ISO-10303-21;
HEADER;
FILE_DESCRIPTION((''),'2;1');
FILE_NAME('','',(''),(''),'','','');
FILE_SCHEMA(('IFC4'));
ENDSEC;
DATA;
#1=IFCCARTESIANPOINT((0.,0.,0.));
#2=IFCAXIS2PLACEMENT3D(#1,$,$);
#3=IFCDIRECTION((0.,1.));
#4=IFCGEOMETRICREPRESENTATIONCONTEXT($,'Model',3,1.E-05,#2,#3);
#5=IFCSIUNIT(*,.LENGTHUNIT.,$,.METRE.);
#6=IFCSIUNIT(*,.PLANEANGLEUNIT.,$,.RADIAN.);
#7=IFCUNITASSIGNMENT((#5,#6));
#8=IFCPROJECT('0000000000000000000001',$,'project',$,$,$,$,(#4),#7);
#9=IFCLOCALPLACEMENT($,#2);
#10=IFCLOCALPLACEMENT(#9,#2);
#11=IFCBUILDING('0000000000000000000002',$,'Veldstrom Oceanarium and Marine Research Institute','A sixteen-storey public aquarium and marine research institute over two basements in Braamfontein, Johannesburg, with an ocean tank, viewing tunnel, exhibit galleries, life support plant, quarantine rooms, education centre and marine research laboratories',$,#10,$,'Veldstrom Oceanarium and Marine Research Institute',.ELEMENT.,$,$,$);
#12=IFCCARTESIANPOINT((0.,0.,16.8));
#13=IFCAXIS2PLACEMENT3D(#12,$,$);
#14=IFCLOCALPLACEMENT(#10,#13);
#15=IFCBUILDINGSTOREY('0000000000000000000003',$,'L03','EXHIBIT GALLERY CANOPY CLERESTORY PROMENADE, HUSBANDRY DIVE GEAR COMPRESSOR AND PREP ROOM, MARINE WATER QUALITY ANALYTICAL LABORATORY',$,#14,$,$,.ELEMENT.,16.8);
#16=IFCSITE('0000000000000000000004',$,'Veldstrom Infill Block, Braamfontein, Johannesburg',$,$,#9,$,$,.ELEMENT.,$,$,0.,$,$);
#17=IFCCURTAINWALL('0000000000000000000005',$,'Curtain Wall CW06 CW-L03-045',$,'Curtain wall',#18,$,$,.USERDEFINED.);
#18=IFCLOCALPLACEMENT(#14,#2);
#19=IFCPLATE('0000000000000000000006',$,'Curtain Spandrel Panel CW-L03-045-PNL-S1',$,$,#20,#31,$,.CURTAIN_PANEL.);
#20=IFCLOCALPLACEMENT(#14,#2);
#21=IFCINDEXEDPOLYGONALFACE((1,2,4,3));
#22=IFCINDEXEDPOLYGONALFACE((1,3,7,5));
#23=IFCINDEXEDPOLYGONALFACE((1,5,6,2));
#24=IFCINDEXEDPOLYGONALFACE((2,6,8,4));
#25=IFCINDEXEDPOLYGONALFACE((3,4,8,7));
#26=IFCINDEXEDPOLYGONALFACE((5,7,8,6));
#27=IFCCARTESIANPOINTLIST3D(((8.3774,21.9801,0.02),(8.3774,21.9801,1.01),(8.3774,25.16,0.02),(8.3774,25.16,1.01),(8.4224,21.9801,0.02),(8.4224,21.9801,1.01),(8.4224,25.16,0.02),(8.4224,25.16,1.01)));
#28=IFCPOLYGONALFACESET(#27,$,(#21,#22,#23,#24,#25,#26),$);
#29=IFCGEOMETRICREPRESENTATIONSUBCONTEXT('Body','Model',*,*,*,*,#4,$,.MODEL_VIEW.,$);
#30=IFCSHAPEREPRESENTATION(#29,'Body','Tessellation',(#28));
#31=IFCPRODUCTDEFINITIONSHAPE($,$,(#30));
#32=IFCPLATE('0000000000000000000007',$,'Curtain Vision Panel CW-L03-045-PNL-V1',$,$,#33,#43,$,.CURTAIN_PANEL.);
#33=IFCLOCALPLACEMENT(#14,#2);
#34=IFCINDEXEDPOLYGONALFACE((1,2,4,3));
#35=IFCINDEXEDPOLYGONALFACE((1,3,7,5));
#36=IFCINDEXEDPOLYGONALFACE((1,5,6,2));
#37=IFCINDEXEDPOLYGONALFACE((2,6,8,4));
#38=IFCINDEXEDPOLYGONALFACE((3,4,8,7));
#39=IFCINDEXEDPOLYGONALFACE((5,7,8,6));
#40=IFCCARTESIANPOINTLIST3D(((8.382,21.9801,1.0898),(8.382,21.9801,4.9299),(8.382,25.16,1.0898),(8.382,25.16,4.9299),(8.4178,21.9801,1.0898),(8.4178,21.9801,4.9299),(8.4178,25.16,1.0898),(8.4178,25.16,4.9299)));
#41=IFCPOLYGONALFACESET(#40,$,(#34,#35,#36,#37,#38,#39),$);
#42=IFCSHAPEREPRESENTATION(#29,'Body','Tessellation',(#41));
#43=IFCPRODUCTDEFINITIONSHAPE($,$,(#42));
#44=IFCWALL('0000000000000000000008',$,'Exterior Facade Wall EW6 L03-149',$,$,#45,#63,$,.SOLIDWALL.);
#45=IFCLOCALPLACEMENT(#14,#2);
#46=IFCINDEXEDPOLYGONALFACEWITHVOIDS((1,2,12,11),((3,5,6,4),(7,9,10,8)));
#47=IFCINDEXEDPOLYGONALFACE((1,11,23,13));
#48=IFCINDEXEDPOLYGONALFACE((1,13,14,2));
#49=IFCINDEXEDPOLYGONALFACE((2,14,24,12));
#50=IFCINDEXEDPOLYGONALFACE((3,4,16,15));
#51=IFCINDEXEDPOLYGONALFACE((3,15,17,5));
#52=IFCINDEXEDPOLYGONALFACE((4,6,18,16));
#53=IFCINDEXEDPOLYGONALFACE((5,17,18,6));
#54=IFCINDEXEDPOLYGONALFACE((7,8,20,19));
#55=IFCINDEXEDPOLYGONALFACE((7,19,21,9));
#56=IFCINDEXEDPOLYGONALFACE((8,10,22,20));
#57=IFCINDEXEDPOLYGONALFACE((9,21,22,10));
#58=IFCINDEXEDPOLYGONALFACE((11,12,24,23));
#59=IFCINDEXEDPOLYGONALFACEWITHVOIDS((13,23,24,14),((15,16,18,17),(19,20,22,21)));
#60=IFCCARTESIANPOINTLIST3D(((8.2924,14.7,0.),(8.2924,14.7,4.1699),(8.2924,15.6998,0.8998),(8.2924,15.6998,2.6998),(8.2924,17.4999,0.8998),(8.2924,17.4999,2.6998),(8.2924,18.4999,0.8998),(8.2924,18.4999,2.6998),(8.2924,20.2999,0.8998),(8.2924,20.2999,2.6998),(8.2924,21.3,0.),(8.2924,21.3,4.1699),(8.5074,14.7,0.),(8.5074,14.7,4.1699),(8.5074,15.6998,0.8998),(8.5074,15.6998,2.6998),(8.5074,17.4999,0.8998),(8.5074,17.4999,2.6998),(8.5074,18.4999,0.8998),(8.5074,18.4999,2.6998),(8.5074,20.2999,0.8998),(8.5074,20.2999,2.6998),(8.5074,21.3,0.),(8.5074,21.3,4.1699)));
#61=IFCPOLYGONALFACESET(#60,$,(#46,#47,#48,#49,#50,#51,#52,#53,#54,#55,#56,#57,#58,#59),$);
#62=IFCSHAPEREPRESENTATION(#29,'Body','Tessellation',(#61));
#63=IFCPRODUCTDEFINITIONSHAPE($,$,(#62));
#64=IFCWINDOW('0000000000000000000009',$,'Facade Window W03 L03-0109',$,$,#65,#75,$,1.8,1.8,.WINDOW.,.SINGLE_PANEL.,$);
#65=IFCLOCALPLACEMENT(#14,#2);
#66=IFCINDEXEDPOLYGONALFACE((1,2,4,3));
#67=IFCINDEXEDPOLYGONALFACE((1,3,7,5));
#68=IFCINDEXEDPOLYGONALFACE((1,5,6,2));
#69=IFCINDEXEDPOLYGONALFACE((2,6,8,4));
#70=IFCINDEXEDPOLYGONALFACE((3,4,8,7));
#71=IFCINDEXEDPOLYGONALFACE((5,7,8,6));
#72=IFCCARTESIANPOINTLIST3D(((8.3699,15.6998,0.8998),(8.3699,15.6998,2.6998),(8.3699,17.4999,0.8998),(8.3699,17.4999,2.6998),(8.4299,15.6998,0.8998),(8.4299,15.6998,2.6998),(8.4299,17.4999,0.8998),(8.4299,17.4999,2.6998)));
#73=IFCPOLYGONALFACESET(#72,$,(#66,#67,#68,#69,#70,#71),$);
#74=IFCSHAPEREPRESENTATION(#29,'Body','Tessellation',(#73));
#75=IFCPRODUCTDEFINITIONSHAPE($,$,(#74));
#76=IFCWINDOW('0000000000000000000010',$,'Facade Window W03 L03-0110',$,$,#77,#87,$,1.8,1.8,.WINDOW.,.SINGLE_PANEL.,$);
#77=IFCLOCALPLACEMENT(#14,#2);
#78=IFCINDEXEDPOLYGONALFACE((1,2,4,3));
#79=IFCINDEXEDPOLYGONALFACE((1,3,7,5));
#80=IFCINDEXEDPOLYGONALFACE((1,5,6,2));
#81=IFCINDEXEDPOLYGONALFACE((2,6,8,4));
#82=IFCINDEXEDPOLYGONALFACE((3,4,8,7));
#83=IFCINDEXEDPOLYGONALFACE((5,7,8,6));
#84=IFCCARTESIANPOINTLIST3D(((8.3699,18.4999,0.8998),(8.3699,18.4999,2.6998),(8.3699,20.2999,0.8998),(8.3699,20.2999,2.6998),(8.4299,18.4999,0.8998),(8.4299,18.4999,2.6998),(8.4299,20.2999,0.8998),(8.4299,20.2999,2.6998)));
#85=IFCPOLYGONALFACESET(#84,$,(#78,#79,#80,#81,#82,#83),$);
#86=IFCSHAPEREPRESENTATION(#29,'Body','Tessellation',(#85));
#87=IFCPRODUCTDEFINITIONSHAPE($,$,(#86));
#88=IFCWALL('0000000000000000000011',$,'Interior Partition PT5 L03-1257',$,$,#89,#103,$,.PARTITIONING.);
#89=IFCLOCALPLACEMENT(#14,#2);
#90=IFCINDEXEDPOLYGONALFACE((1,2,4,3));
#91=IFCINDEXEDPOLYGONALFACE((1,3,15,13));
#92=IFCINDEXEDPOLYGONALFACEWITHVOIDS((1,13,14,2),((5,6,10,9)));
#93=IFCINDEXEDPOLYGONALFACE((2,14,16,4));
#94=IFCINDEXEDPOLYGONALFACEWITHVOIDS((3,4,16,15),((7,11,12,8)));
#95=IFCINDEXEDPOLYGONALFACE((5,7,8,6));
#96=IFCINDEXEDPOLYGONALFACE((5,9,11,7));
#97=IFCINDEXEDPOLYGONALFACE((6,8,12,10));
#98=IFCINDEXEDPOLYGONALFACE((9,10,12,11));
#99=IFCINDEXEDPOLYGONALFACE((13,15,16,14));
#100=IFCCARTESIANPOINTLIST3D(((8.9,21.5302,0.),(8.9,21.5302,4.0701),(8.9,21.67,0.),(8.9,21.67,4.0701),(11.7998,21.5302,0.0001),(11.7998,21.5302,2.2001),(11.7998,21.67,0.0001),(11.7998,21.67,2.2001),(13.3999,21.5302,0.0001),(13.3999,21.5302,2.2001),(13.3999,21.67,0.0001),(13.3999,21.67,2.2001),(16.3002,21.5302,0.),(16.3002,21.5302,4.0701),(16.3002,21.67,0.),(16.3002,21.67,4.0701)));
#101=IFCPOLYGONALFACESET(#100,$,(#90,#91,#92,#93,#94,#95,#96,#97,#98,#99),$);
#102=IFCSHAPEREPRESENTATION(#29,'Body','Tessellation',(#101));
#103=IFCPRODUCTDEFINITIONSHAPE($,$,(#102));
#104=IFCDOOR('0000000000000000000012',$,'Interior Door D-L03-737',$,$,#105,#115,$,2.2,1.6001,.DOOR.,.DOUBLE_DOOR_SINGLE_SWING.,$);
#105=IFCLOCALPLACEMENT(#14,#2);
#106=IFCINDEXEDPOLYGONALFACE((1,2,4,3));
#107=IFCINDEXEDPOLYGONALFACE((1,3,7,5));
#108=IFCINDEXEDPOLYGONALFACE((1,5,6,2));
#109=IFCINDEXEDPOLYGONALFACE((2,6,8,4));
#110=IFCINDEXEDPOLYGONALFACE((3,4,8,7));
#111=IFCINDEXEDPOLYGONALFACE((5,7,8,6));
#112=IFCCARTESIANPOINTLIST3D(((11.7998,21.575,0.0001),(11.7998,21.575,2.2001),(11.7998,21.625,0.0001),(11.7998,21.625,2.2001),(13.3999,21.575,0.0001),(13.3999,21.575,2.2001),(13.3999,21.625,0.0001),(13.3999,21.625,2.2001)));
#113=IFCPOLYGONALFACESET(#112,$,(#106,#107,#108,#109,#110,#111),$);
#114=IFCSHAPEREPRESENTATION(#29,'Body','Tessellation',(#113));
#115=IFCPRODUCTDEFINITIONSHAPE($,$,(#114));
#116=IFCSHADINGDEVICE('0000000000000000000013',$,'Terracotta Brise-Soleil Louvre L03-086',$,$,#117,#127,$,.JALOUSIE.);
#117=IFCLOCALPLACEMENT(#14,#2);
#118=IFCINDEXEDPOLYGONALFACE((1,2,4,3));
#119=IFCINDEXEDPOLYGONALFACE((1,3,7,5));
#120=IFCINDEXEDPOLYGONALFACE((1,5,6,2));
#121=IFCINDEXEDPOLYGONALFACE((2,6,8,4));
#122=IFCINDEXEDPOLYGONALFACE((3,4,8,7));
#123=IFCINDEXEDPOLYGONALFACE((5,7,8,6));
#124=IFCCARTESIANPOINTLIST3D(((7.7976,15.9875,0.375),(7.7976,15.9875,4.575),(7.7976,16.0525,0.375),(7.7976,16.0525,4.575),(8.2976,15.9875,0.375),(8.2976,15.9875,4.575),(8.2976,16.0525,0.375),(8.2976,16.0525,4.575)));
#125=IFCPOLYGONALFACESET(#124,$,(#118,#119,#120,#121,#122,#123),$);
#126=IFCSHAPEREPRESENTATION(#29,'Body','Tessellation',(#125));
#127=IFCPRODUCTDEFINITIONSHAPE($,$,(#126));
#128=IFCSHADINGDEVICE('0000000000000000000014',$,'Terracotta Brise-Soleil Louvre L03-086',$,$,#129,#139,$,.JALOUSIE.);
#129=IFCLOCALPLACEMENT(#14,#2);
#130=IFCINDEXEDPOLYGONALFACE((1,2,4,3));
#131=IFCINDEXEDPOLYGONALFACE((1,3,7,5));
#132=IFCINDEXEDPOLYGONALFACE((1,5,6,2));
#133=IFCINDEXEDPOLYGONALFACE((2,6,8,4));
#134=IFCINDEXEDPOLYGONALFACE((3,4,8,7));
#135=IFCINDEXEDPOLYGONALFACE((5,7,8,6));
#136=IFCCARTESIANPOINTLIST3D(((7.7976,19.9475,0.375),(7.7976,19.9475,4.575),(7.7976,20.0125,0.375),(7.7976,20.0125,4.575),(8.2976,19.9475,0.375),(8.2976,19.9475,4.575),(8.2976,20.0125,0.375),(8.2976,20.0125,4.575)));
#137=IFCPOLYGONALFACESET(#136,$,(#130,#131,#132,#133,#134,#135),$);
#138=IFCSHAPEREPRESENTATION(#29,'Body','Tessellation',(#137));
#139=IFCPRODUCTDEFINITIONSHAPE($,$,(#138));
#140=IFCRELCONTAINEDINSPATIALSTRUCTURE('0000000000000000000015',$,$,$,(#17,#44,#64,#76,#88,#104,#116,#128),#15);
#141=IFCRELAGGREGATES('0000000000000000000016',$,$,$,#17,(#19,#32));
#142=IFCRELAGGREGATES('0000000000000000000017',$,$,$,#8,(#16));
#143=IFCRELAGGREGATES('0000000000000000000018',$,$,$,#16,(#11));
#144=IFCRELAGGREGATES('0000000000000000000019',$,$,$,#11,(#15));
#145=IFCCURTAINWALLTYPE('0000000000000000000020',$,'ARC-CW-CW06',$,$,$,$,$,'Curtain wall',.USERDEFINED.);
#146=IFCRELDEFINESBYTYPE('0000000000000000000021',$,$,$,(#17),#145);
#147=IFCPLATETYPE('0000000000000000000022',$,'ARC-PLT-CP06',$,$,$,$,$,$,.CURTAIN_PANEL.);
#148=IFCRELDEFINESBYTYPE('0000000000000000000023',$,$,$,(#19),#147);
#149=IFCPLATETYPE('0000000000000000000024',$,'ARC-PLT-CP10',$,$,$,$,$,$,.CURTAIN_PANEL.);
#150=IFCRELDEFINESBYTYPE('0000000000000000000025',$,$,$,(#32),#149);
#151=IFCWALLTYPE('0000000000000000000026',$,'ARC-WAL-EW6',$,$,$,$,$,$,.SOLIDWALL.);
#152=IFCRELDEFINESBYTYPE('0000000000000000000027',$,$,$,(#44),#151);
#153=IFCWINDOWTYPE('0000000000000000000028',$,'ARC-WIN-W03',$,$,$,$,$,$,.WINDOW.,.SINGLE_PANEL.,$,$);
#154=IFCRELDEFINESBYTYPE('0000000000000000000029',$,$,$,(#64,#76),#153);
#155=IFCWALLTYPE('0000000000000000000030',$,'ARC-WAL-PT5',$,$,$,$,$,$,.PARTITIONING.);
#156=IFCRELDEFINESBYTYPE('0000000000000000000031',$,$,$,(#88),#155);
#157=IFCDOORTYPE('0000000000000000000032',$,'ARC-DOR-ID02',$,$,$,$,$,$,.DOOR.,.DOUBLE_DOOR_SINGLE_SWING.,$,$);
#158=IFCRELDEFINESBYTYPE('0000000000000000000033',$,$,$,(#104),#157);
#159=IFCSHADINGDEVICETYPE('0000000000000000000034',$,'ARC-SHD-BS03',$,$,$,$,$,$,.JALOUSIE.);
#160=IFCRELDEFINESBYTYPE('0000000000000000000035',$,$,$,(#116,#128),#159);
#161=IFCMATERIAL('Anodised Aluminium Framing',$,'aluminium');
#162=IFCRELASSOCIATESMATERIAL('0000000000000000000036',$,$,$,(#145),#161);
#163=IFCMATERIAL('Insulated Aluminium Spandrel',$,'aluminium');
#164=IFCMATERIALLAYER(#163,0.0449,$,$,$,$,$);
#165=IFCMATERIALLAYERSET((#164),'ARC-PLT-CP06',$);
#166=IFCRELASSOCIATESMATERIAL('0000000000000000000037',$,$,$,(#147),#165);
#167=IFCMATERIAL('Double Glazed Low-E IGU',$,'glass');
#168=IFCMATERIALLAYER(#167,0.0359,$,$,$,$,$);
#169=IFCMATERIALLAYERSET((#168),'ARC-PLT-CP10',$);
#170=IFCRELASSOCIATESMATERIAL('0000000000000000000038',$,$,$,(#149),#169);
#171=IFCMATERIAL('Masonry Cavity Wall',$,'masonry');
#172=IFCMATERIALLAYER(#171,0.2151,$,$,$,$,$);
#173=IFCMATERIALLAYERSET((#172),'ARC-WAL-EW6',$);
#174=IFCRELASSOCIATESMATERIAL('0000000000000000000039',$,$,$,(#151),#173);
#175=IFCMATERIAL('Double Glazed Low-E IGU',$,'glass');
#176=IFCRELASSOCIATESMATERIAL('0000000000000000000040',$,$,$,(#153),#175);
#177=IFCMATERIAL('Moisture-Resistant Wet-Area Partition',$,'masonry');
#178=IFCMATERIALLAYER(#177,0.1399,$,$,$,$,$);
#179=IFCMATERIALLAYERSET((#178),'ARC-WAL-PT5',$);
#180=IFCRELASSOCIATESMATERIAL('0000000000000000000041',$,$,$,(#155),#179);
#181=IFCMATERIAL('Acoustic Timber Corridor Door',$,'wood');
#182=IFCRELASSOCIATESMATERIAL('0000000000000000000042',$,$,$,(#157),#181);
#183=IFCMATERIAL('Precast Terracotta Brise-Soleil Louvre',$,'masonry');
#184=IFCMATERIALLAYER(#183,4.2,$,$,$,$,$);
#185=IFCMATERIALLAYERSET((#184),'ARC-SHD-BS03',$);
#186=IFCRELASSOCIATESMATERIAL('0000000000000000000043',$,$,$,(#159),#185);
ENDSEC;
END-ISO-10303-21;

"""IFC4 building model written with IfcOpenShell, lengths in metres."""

from ifc_helpers import new_model, si_unit, direction, frame, frame_2d, origin, origin_2d, place, context, subcontext, project, spatial, rectangle, extrude, material, layer, layer_set, type_object, element, fill, aggregate, save


model = new_model("IFC4")

# Units and contexts
model_context = context("Model", 3, precision=1e-05, world=origin(), true_north=direction((0.0, 1.0)))
body_context = subcontext(model_context, "Body", "Model", "MODEL_VIEW")
ifc_project = project(units=[si_unit("LENGTHUNIT", "METRE"), si_unit("PLANEANGLEUNIT", "RADIAN")], contexts=[model_context])

# Site, building, storey
site_placement = place(None, origin())
site = spatial("IfcSite", under=ifc_project, at=site_placement, Name="Veldstrom Infill Block, Braamfontein, Johannesburg", CompositionType="ELEMENT", RefElevation=0.0)
building_placement = place(site_placement, origin())
building = spatial("IfcBuilding", under=site, at=building_placement, Name="Veldstrom Oceanarium and Marine Research Institute", Description="A sixteen-storey public aquarium and marine research institute over two basements in Braamfontein, Johannesburg, with an ocean tank, viewing tunnel, exhibit galleries, life support plant, quarantine rooms, education centre and marine research laboratories", LongName="Veldstrom Oceanarium and Marine Research Institute", CompositionType="ELEMENT")
storey_placement = place(building_placement, frame((0.0, 0.0, 16.8)))
storey = spatial("IfcBuildingStorey", under=building, at=storey_placement, Name="L03", Description="EXHIBIT GALLERY CANOPY CLERESTORY PROMENADE, HUSBANDRY DIVE GEAR COMPRESSOR AND PREP ROOM, MARINE WATER QUALITY ANALYTICAL LABORATORY", CompositionType="ELEMENT", Elevation=16.8)

# Curtain wall
ifc_material_1 = material(Name="Anodised Aluminium Framing", Category="aluminium")
curtain_wall_type = type_object("IfcCurtainWallType", Name="ARC-CW-CW06", ElementType="Curtain wall", PredefinedType="USERDEFINED", material=ifc_material_1)
curtain_wall_placement = place(storey_placement, origin())
curtain_wall = element("IfcCurtainWall", 1, at=curtain_wall_placement, inside=storey, type_object=curtain_wall_type, Name="Curtain Wall CW06 CW-L03-045", ObjectType="Curtain wall", PredefinedType="USERDEFINED")

# Plates
ifc_material_2 = material(Name="Insulated Aluminium Spandrel", Category="aluminium")
ifc_layer_1 = layer(ifc_material_2, 0.0449)
ifc_layer_set_1 = layer_set([ifc_layer_1], Name="ARC-PLT-CP06")
plate_type_1 = type_object("IfcPlateType", Name="ARC-PLT-CP06", PredefinedType="CURTAIN_PANEL", material=ifc_layer_set_1)
plate_1_placement = place(storey_placement, frame((8.3999, 23.5701, 0.02), z_axis=(0.0, 0.0, 1.0), x_axis=(0.0, 1.0, 0.0)))
plate_1 = element("IfcPlate", 2, at=plate_1_placement, type_object=plate_type_1, Name="Curtain Spandrel Panel CW-L03-045-PNL-S1", PredefinedType="CURTAIN_PANEL", context=body_context, shape_type="SweptSolid", body=[
    extrude(rectangle(XDim=3.1799, YDim=0.0449, at=origin_2d()), origin(), (0.0, 0.0, 1.0), 0.99),
])
ifc_material_3 = material(Name="Double Glazed Low-E IGU", Category="glass")
ifc_layer_2 = layer(ifc_material_3, 0.0359)
ifc_layer_set_2 = layer_set([ifc_layer_2], Name="ARC-PLT-CP10")
plate_type_2 = type_object("IfcPlateType", Name="ARC-PLT-CP10", PredefinedType="CURTAIN_PANEL", material=ifc_layer_set_2)
plate_2_placement = place(storey_placement, frame((8.3999, 23.5701, 1.0898), z_axis=(0.0, 0.0, 1.0), x_axis=(0.0, 1.0, 0.0)))
plate_2 = element("IfcPlate", 3, at=plate_2_placement, type_object=plate_type_2, Name="Curtain Vision Panel CW-L03-045-PNL-V1", PredefinedType="CURTAIN_PANEL", context=body_context, shape_type="SweptSolid", body=[
    extrude(rectangle(XDim=3.1799, YDim=0.0359, at=origin_2d()), origin(), (0.0, 0.0, 1.0), 3.8401),
])
aggregate(curtain_wall, [plate_1, plate_2])

# Wall, openings, windows
ifc_material_4 = material(Name="Masonry Cavity Wall", Category="masonry")
ifc_layer_3 = layer(ifc_material_4, 0.2151)
ifc_layer_set_3 = layer_set([ifc_layer_3], Name="ARC-WAL-EW6")
wall_type_1 = type_object("IfcWallType", Name="ARC-WAL-EW6", PredefinedType="SOLIDWALL", material=ifc_layer_set_3)
wall_1_placement = place(storey_placement, frame((8.3999, 14.7, 0.0), z_axis=(0.0, 0.0, 1.0), x_axis=(0.0, 1.0, 0.0)))
wall_1 = element("IfcWall", 4, at=wall_1_placement, inside=storey, type_object=wall_type_1, Name="Exterior Facade Wall EW6 L03-149", PredefinedType="SOLIDWALL", context=body_context, shape_type="SweptSolid", body=[
    extrude(rectangle(XDim=6.6001, YDim=0.2151, at=frame_2d((3.3, 0.0))), origin(), (0.0, 0.0, 1.0), 4.1699),
])
opening_1_placement = place(wall_1_placement, frame((1.0, 0.0, 0.8999)))
opening_1 = element("IfcOpeningElement", 5, at=opening_1_placement, cuts=wall_1, PredefinedType="OPENING", context=body_context, shape_type="SweptSolid", body=[
    extrude(rectangle(XDim=1.8, YDim=1.8, at=frame_2d((0.8999, 0.8999))), frame((0.0, 0.1174, 0.0), z_axis=(0.0, -1.0, 0.0), x_axis=(1.0, 0.0, 0.0)), (0.0, 0.0, 1.0), 0.2351),
])
opening_2_placement = place(wall_1_placement, frame((3.8, 0.0, 0.8999)))
opening_2 = element("IfcOpeningElement", 6, at=opening_2_placement, cuts=wall_1, PredefinedType="OPENING", context=body_context, shape_type="SweptSolid", body=[
    extrude(rectangle(XDim=1.8, YDim=1.8, at=frame_2d((0.8999, 0.8999))), frame((0.0, 0.1174, 0.0), z_axis=(0.0, -1.0, 0.0), x_axis=(1.0, 0.0, 0.0)), (0.0, 0.0, 1.0), 0.2351),
])
ifc_material_5 = material(Name="Double Glazed Low-E IGU", Category="glass")
window_type = type_object("IfcWindowType", Name="ARC-WIN-W03", PartitioningType="SINGLE_PANEL", PredefinedType="WINDOW", material=ifc_material_5)
window_1_placement = place(opening_1_placement, origin())
window_1 = element("IfcWindow", 7, at=window_1_placement, inside=storey, type_object=window_type, Name="Facade Window W03 L03-0109", OverallHeight=1.8, OverallWidth=1.8, PartitioningType="SINGLE_PANEL", PredefinedType="WINDOW", context=body_context, shape_type="SweptSolid", body=[
    extrude(rectangle(XDim=1.8, YDim=1.8, at=frame_2d((0.8999, 0.8999))), frame((0.0, 0.03, 0.0), z_axis=(0.0, -1.0, 0.0), x_axis=(1.0, 0.0, 0.0)), (0.0, 0.0, 1.0), 0.0601),
])
fill(opening_1, window_1)
window_2_placement = place(opening_2_placement, origin())
window_2 = element("IfcWindow", 8, at=window_2_placement, inside=storey, type_object=window_type, Name="Facade Window W03 L03-0110", OverallHeight=1.8, OverallWidth=1.8, PartitioningType="SINGLE_PANEL", PredefinedType="WINDOW", context=body_context, shape_type="SweptSolid", body=[
    extrude(rectangle(XDim=1.8, YDim=1.8, at=frame_2d((0.8999, 0.8999))), frame((0.0, 0.03, 0.0), z_axis=(0.0, -1.0, 0.0), x_axis=(1.0, 0.0, 0.0)), (0.0, 0.0, 1.0), 0.0601),
])
fill(opening_2, window_2)

# Wall, opening, door
ifc_material_6 = material(Name="Moisture-Resistant Wet-Area Partition", Category="masonry")
ifc_layer_4 = layer(ifc_material_6, 0.1399)
ifc_layer_set_4 = layer_set([ifc_layer_4], Name="ARC-WAL-PT5")
wall_type_2 = type_object("IfcWallType", Name="ARC-WAL-PT5", PredefinedType="PARTITIONING", material=ifc_layer_set_4)
wall_2_placement = place(storey_placement, frame((8.8999, 21.6001, 0.0), z_axis=(0.0, 0.0, 1.0), x_axis=(1.0, 0.0, 0.0)))
wall_2 = element("IfcWall", 9, at=wall_2_placement, inside=storey, type_object=wall_type_2, Name="Interior Partition PT5 L03-1257", PredefinedType="PARTITIONING", context=body_context, shape_type="SweptSolid", body=[
    extrude(rectangle(XDim=7.4001, YDim=0.1399, at=frame_2d((3.7002, 0.0))), origin(), (0.0, 0.0, 1.0), 4.0701),
])
opening_3_placement = place(wall_2_placement, frame((2.8999, 0.0, 0.0)))
opening_3 = element("IfcOpeningElement", 10, at=opening_3_placement, cuts=wall_2, PredefinedType="OPENING", context=body_context, shape_type="SweptSolid", body=[
    extrude(rectangle(XDim=1.6001, YDim=2.2, at=frame_2d((0.8, 1.1001))), frame((0.0, 0.0798, 0.0), z_axis=(0.0, -1.0, 0.0), x_axis=(1.0, 0.0, 0.0)), (0.0, 0.0, 1.0), 0.1599),
])
ifc_material_7 = material(Name="Acoustic Timber Corridor Door", Category="wood")
door_type = type_object("IfcDoorType", Name="ARC-DOR-ID02", OperationType="DOUBLE_DOOR_SINGLE_SWING", PredefinedType="DOOR", material=ifc_material_7)
door_placement = place(opening_3_placement, origin())
door = element("IfcDoor", 11, at=door_placement, inside=storey, type_object=door_type, Name="Interior Door D-L03-737", OperationType="DOUBLE_DOOR_SINGLE_SWING", OverallHeight=2.2, OverallWidth=1.6001, PredefinedType="DOOR", context=body_context, shape_type="SweptSolid", body=[
    extrude(rectangle(XDim=1.6001, YDim=2.2, at=frame_2d((0.8, 1.1001))), frame((0.0, 0.0249, 0.0), z_axis=(0.0, -1.0, 0.0), x_axis=(1.0, 0.0, 0.0)), (0.0, 0.0, 1.0), 0.05),
])
fill(opening_3, door)

# Shading devices
ifc_material_8 = material(Name="Precast Terracotta Brise-Soleil Louvre", Category="masonry")
ifc_layer_5 = layer(ifc_material_8, 4.2)
ifc_layer_set_5 = layer_set([ifc_layer_5], Name="ARC-SHD-BS03")
shading_device_type = type_object("IfcShadingDeviceType", Name="ARC-SHD-BS03", PredefinedType="JALOUSIE", material=ifc_layer_set_5)
for number, where, z_axis, x_axis, name in (
    (12, (8.0476, 16.02, 0.375), (0.0, 0.0, 1.0), (1.0, 0.0, 0.0), "Terracotta Brise-Soleil Louvre L03-086"),
    (13, (8.0476, 19.98, 0.375), (0.0, 0.0, 1.0), (1.0, 0.0, 0.0), "Terracotta Brise-Soleil Louvre L03-086"),
):
    element("IfcShadingDevice", number, at=place(storey_placement, frame(where, z_axis=z_axis, x_axis=x_axis)), inside=storey, type_object=shading_device_type, Name=name, PredefinedType="JALOUSIE", context=body_context, shape_type="SweptSolid", body=[
        extrude(rectangle(XDim=0.5, YDim=0.0649, at=origin_2d()), origin(), (0.0, 0.0, 1.0), 4.2),
    ])

save(model, "model.ifc")
